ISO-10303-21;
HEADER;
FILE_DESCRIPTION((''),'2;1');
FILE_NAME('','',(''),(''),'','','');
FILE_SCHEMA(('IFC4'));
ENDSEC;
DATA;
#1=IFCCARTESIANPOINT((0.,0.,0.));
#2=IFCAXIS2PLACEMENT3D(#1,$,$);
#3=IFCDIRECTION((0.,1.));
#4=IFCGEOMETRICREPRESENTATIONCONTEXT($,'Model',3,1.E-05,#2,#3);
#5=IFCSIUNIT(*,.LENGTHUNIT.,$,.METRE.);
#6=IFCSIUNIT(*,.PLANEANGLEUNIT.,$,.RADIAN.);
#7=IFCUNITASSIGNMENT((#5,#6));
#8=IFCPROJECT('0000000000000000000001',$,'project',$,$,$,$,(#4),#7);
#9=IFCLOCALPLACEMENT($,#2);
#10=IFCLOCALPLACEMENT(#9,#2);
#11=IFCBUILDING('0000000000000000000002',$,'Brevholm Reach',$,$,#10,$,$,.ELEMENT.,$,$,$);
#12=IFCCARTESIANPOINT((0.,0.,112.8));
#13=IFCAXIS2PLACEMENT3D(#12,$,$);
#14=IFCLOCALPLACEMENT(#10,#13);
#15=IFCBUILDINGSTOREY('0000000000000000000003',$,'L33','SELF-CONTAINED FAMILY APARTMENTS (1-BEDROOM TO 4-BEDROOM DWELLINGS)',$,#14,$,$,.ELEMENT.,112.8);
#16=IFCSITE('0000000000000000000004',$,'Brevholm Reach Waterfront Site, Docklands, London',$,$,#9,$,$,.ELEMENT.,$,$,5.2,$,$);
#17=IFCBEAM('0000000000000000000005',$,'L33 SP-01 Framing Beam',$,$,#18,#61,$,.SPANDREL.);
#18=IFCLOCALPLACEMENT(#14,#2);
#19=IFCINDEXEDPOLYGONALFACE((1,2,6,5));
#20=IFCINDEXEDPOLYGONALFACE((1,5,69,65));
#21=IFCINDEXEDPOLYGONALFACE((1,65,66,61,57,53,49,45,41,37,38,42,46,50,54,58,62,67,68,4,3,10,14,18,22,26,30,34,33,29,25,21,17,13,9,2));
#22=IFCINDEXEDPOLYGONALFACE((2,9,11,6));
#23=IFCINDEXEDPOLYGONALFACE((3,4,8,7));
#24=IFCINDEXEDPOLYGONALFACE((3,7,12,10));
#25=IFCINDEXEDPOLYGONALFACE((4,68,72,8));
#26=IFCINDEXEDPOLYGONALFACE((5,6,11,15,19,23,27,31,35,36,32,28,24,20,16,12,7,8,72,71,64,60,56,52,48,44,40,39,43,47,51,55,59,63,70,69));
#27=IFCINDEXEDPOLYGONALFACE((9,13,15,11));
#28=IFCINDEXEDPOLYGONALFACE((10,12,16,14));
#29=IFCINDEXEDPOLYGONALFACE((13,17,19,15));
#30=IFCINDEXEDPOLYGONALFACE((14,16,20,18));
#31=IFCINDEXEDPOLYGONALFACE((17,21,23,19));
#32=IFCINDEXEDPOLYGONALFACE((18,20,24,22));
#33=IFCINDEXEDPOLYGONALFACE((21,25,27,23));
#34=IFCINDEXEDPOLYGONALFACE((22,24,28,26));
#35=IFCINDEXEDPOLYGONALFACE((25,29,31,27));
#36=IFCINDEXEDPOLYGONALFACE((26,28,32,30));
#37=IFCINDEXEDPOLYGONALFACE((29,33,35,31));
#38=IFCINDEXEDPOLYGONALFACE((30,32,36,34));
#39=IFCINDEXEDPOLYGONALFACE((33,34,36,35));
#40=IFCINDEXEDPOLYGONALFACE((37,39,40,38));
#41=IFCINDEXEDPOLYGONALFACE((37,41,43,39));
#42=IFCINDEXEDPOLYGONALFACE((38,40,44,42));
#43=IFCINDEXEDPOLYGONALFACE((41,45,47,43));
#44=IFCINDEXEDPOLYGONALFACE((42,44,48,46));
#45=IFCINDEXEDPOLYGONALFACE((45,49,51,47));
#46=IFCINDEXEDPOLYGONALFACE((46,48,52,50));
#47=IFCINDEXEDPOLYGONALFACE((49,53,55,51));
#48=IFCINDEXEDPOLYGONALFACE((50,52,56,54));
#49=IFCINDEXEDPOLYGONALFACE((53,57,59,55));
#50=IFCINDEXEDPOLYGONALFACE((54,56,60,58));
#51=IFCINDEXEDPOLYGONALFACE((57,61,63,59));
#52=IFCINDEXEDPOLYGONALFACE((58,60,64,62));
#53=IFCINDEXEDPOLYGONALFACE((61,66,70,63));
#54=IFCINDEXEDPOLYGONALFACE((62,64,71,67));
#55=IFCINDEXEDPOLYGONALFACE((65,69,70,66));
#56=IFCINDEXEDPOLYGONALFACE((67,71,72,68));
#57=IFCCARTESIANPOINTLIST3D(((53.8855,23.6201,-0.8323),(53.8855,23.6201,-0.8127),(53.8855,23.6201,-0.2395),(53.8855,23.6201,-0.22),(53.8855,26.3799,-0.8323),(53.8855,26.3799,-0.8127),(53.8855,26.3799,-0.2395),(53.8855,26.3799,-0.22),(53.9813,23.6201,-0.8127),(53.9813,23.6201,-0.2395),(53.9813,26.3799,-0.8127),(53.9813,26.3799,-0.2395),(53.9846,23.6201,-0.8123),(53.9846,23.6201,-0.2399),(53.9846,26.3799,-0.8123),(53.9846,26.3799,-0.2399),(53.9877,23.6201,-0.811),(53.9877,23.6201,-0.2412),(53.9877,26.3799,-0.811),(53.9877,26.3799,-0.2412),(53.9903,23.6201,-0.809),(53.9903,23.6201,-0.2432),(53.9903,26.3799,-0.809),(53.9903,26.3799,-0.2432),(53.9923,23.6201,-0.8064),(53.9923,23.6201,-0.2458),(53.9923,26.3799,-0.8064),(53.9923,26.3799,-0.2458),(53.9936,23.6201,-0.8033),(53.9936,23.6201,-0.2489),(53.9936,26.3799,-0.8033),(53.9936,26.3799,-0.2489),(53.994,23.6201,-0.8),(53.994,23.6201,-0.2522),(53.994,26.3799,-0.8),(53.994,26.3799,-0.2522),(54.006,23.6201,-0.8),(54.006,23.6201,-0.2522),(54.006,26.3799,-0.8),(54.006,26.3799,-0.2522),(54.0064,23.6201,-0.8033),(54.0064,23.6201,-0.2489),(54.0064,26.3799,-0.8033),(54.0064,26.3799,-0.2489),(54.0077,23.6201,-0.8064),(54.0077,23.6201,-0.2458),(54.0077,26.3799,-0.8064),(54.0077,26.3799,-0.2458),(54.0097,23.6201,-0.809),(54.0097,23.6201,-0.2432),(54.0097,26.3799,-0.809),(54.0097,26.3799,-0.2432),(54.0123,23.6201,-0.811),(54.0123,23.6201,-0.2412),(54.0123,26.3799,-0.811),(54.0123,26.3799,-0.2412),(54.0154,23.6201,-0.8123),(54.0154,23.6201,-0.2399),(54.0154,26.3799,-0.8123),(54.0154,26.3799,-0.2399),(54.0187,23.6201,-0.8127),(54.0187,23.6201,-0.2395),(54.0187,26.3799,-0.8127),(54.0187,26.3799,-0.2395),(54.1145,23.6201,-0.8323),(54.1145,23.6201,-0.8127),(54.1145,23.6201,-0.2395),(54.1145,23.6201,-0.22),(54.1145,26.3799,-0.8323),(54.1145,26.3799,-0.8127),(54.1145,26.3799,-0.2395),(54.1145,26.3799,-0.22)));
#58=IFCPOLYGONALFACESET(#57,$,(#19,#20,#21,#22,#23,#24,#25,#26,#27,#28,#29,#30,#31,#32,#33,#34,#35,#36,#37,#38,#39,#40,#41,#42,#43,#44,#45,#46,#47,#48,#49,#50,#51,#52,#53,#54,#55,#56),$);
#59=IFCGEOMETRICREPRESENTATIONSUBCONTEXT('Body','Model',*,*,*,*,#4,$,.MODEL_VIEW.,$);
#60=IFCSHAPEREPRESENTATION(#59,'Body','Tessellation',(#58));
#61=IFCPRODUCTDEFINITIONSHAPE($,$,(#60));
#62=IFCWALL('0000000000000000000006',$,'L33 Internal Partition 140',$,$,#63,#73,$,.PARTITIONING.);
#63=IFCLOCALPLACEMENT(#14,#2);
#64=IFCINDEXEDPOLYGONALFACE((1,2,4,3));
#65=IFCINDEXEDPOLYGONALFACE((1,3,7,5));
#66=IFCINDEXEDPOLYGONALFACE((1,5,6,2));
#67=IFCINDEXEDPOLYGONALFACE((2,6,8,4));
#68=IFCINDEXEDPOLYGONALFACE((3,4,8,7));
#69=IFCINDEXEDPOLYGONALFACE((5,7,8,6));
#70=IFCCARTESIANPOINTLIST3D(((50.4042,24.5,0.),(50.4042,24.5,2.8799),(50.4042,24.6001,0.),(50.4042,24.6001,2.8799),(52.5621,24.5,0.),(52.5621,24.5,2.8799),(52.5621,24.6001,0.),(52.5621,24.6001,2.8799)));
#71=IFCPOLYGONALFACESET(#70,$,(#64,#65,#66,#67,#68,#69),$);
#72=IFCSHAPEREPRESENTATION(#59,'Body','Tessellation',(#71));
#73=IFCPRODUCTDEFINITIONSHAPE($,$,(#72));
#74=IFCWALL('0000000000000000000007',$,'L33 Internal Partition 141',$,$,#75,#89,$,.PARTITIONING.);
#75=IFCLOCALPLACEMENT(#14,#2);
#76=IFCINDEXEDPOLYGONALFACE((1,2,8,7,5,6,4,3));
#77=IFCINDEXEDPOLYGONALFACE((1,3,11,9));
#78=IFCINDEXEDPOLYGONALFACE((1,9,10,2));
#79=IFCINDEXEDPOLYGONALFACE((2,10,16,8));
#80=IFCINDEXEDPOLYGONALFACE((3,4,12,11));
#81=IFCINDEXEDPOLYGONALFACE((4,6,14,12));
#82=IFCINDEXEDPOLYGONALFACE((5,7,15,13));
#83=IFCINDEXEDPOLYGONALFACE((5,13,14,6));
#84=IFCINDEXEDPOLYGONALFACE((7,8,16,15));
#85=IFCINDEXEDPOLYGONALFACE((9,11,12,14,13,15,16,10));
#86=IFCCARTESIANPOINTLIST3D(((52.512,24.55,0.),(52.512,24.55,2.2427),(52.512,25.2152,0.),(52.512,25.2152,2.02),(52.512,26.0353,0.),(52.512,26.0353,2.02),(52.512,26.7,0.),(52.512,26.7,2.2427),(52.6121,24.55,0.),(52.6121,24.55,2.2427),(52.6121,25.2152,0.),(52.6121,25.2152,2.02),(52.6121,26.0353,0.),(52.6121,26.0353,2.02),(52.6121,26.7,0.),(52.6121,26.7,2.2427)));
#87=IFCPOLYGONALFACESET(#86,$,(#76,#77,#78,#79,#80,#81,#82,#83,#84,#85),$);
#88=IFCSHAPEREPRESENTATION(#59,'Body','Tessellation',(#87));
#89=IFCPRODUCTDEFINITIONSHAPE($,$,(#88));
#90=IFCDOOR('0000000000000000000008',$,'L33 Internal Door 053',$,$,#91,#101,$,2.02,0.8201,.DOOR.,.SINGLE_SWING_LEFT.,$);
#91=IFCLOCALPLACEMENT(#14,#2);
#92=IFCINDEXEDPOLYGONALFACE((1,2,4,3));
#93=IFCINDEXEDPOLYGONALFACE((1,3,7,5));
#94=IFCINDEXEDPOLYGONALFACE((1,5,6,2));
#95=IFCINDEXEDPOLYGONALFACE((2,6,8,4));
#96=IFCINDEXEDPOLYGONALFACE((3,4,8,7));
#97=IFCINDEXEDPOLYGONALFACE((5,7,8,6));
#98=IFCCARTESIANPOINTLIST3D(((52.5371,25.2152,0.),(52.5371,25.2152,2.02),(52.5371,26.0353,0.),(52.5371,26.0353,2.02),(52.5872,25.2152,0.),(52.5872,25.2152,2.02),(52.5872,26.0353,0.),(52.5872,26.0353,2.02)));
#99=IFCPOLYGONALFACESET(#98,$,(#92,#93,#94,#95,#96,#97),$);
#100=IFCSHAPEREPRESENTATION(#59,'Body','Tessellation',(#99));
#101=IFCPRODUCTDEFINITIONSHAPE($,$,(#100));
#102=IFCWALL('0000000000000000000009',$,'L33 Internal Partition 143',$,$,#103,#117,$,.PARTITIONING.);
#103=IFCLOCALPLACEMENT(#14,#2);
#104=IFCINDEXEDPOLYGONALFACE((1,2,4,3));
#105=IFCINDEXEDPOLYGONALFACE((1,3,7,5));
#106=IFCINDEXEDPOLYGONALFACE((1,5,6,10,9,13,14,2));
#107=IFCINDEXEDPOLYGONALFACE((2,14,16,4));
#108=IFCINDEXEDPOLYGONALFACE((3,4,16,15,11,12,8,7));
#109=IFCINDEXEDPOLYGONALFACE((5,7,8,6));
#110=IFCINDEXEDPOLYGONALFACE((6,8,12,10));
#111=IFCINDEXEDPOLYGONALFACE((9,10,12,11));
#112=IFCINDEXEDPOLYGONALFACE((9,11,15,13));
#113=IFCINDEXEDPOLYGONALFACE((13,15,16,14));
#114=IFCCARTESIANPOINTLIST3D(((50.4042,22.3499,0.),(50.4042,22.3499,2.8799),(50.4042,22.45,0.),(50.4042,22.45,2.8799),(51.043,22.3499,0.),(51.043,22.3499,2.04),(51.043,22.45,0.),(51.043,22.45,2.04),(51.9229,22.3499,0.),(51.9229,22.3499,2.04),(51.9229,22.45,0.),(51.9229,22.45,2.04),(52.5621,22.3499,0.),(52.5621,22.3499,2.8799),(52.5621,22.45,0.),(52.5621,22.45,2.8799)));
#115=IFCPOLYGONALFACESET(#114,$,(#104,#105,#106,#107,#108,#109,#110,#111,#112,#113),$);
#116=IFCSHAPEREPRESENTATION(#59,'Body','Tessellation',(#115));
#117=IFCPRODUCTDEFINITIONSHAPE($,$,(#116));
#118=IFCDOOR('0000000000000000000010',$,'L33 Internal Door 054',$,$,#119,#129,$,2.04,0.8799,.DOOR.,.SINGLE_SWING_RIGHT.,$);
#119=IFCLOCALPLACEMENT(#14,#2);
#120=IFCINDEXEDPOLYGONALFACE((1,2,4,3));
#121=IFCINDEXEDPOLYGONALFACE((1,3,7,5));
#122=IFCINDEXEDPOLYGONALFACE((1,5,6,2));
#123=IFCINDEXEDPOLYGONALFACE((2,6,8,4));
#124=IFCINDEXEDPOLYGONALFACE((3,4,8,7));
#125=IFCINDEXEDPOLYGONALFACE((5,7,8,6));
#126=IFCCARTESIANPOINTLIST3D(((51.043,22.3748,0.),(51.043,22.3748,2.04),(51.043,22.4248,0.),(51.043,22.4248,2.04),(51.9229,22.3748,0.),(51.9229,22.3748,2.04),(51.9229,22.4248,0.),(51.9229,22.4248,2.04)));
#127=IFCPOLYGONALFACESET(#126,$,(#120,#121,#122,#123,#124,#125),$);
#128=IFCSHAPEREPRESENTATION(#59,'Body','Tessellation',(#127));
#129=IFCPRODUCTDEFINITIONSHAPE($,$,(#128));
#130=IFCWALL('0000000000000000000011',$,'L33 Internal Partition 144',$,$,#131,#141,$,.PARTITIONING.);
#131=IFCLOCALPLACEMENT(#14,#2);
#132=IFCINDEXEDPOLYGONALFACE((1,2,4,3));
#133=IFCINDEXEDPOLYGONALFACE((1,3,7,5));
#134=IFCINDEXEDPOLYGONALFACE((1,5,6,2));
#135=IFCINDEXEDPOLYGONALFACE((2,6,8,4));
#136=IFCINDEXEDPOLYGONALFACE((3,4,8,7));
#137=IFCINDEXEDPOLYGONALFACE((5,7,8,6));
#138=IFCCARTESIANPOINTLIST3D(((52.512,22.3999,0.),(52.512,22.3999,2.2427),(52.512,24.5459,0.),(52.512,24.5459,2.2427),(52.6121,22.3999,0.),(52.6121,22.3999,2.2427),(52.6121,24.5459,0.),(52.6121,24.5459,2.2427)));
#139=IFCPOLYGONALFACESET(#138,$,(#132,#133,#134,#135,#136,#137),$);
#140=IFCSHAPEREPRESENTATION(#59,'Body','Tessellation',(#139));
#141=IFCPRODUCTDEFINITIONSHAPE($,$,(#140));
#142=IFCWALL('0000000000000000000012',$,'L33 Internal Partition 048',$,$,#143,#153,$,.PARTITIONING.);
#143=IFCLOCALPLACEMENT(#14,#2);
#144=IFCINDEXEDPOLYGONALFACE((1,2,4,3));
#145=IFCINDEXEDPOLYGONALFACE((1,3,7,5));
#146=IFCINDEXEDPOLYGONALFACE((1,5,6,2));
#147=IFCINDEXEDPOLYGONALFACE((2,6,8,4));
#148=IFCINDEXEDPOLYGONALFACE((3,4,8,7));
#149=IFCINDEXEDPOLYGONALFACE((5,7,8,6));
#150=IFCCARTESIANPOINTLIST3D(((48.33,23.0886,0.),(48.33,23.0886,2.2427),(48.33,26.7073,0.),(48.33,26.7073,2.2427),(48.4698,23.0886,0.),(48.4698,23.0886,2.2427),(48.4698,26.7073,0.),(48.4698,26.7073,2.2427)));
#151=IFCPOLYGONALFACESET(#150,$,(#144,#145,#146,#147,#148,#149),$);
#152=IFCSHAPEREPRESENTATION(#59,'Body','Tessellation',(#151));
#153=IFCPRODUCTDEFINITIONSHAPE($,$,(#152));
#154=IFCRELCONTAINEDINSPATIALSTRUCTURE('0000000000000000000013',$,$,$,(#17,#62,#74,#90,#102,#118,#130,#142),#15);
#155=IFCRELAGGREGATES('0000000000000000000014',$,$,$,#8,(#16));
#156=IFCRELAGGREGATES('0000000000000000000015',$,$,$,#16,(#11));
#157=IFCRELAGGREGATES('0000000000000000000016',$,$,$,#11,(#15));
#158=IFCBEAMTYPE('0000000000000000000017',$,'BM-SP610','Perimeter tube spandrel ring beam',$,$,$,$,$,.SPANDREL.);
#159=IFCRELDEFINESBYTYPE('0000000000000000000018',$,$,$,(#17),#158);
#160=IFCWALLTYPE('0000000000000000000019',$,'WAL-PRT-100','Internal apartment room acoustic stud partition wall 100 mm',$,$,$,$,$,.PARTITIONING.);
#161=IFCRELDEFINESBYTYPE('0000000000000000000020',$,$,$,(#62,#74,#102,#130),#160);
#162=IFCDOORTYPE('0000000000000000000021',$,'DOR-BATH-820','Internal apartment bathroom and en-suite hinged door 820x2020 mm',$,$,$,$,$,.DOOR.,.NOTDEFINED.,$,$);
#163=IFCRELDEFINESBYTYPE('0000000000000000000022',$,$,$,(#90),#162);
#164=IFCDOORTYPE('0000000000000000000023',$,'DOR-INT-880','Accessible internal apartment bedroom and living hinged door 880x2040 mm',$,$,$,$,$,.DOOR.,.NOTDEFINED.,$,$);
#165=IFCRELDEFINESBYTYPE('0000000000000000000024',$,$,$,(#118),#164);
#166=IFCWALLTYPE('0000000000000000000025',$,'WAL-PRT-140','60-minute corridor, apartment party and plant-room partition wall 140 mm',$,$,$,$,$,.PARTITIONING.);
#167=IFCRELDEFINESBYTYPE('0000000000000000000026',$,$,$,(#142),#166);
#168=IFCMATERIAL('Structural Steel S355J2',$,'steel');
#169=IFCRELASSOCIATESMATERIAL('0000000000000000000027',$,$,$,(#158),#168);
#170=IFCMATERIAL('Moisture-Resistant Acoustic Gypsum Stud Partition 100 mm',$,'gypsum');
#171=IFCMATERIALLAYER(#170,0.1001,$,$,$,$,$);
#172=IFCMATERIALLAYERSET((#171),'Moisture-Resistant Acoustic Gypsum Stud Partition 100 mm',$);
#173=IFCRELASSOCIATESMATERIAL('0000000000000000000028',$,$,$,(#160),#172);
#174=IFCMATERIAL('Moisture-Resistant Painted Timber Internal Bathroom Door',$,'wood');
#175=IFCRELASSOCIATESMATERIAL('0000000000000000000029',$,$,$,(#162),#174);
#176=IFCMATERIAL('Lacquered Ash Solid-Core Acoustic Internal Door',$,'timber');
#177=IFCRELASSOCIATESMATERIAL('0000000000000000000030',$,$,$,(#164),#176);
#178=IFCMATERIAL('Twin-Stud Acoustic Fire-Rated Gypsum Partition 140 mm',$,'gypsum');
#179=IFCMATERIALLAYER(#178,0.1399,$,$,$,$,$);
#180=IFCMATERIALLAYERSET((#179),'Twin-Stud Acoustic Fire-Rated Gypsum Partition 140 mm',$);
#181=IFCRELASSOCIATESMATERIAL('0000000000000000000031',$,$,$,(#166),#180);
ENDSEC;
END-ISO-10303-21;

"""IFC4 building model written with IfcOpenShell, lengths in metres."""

from ifc_helpers import new_model, si_unit, direction, frame, frame_2d, origin, origin_2d, place, context, subcontext, project, spatial, rectangle, i_section, extrude, material, layer, layer_set, material_profile, profile_set, type_object, element, fill, save


model = new_model("IFC4")

# Units and contexts
model_context = context("Model", 3, precision=1e-05, world=origin(), true_north=direction((0.0, 1.0)))
body_context = subcontext(model_context, "Body", "Model", "MODEL_VIEW")
ifc_project = project(units=[si_unit("LENGTHUNIT", "METRE"), si_unit("PLANEANGLEUNIT", "RADIAN")], contexts=[model_context])

# Site, building, storey
site_placement = place(None, origin())
site = spatial("IfcSite", under=ifc_project, at=site_placement, Name="Brevholm Reach Waterfront Site, Docklands, London", CompositionType="ELEMENT", RefElevation=5.2)
building_placement = place(site_placement, origin())
building = spatial("IfcBuilding", under=site, at=building_placement, Name="Brevholm Reach", CompositionType="ELEMENT")
storey_placement = place(building_placement, frame((0.0, 0.0, 112.8)))
storey = spatial("IfcBuildingStorey", under=building, at=storey_placement, Name="L33", Description="SELF-CONTAINED FAMILY APARTMENTS (1-BEDROOM TO 4-BEDROOM DWELLINGS)", CompositionType="ELEMENT", Elevation=112.8)

# Beam
ifc_material_1 = material(Name="Structural Steel S355J2", Category="steel")
ifc_material_profile_1 = material_profile(ifc_material_1, i_section(OverallWidth=0.229, OverallDepth=0.6123, WebThickness=0.012, FlangeThickness=0.0195, FilletRadius=0.0127, at=origin_2d()), Name="UKB 610x229x125")
ifc_profile_set_1 = profile_set([ifc_material_profile_1], Name="Structural Steel S355J2")
beam_type_1 = type_object("IfcBeamType", Name="BM-SP610", Description="Perimeter tube spandrel ring beam", PredefinedType="SPANDREL", material=ifc_profile_set_1)
beam_1_placement = place(storey_placement, frame((54.0, 23.6201, -0.5261), z_axis=(0.0, 1.0, 0.0), x_axis=(-1.0, 0.0, 0.0)))
element("IfcBeam", 1, at=beam_1_placement, inside=storey, type_object=beam_type_1, Name="L33 SP-01 Framing Beam", PredefinedType="SPANDREL", context=body_context, shape_type="SweptSolid", body=[
    extrude(i_section(OverallWidth=0.229, OverallDepth=0.6123, WebThickness=0.012, FlangeThickness=0.0195, FilletRadius=0.0127, at=origin_2d()), origin(), (0.0, 0.0, 1.0), 2.7598),
])

# Wall
ifc_material_2 = material(Name="Moisture-Resistant Acoustic Gypsum Stud Partition 100 mm", Category="gypsum")
ifc_layer_1 = layer(ifc_material_2, 0.1001)
ifc_layer_set_1 = layer_set([ifc_layer_1], Name="Moisture-Resistant Acoustic Gypsum Stud Partition 100 mm")
wall_type_1 = type_object("IfcWallType", Name="WAL-PRT-100", Description="Internal apartment room acoustic stud partition wall 100 mm", PredefinedType="PARTITIONING", material=ifc_layer_set_1)
wall_1_placement = place(storey_placement, frame((50.4041, 24.55, 0.0), z_axis=(0.0, 0.0, 1.0), x_axis=(1.0, 0.0, 0.0)))
element("IfcWall", 2, at=wall_1_placement, inside=storey, type_object=wall_type_1, Name="L33 Internal Partition 140", PredefinedType="PARTITIONING", context=body_context, shape_type="SweptSolid", body=[
    extrude(rectangle(XDim=2.158, YDim=0.1001, at=frame_2d((1.0791, 0.0))), origin(), (0.0, 0.0, 1.0), 2.8799),
])

# Walls, openings, doors
wall_2_placement = place(storey_placement, frame((52.562, 24.55, 0.0), z_axis=(0.0, 0.0, 1.0), x_axis=(0.0, 1.0, 0.0)))
wall_2 = element("IfcWall", 3, at=wall_2_placement, inside=storey, type_object=wall_type_1, Name="L33 Internal Partition 141", PredefinedType="PARTITIONING", context=body_context, shape_type="SweptSolid", body=[
    extrude(rectangle(XDim=2.1499, YDim=0.1001, at=frame_2d((1.075, 0.0))), origin(), (0.0, 0.0, 1.0), 2.2427),
])
opening_1_placement = place(wall_2_placement, frame((0.665, 0.0, 0.0)))
opening_1 = element("IfcOpeningElement", 4, at=opening_1_placement, cuts=wall_2, PredefinedType="OPENING", context=body_context, shape_type="SweptSolid", body=[
    extrude(rectangle(XDim=0.8201, YDim=2.02, at=frame_2d((0.4102, 1.01))), frame((0.0, 0.0601, 0.0), z_axis=(0.0, -1.0, 0.0), x_axis=(1.0, 0.0, 0.0)), (0.0, 0.0, 1.0), 0.1201),
])
ifc_material_3 = material(Name="Moisture-Resistant Painted Timber Internal Bathroom Door", Category="wood")
door_type_1 = type_object("IfcDoorType", Name="DOR-BATH-820", Description="Internal apartment bathroom and en-suite hinged door 820x2020 mm", OperationType="NOTDEFINED", PredefinedType="DOOR", material=ifc_material_3)
door_1_placement = place(opening_1_placement, origin())
door_1 = element("IfcDoor", 5, at=door_1_placement, inside=storey, type_object=door_type_1, Name="L33 Internal Door 053", OperationType="SINGLE_SWING_LEFT", OverallHeight=2.02, OverallWidth=0.8201, PredefinedType="DOOR", context=body_context, shape_type="SweptSolid", body=[
    extrude(rectangle(XDim=0.8201, YDim=2.02, at=frame_2d((0.4102, 1.01))), frame((0.0, 0.0249, 0.0), z_axis=(0.0, -1.0, 0.0), x_axis=(1.0, 0.0, 0.0)), (0.0, 0.0, 1.0), 0.05),
])
fill(opening_1, door_1)
wall_3_placement = place(storey_placement, frame((50.4041, 22.3999, 0.0), z_axis=(0.0, 0.0, 1.0), x_axis=(1.0, 0.0, 0.0)))
wall_3 = element("IfcWall", 6, at=wall_3_placement, inside=storey, type_object=wall_type_1, Name="L33 Internal Partition 143", PredefinedType="PARTITIONING", context=body_context, shape_type="SweptSolid", body=[
    extrude(rectangle(XDim=2.158, YDim=0.1001, at=frame_2d((1.0791, 0.0))), origin(), (0.0, 0.0, 1.0), 2.8799),
])
opening_2_placement = place(wall_3_placement, frame((0.6389, 0.0, 0.0)))
opening_2 = element("IfcOpeningElement", 7, at=opening_2_placement, cuts=wall_3, PredefinedType="OPENING", context=body_context, shape_type="SweptSolid", body=[
    extrude(rectangle(XDim=0.8799, YDim=2.04, at=frame_2d((0.4399, 1.02))), frame((0.0, 0.0601, 0.0), z_axis=(0.0, -1.0, 0.0), x_axis=(1.0, 0.0, 0.0)), (0.0, 0.0, 1.0), 0.1201),
])
ifc_material_4 = material(Name="Lacquered Ash Solid-Core Acoustic Internal Door", Category="timber")
door_type_2 = type_object("IfcDoorType", Name="DOR-INT-880", Description="Accessible internal apartment bedroom and living hinged door 880x2040 mm", OperationType="NOTDEFINED", PredefinedType="DOOR", material=ifc_material_4)
door_2_placement = place(opening_2_placement, origin())
door_2 = element("IfcDoor", 8, at=door_2_placement, inside=storey, type_object=door_type_2, Name="L33 Internal Door 054", OperationType="SINGLE_SWING_RIGHT", OverallHeight=2.04, OverallWidth=0.8799, PredefinedType="DOOR", context=body_context, shape_type="SweptSolid", body=[
    extrude(rectangle(XDim=0.8799, YDim=2.04, at=frame_2d((0.4399, 1.02))), frame((0.0, 0.0249, 0.0), z_axis=(0.0, -1.0, 0.0), x_axis=(1.0, 0.0, 0.0)), (0.0, 0.0, 1.0), 0.05),
])
fill(opening_2, door_2)

# Walls
wall_4_placement = place(storey_placement, frame((52.562, 22.3999, 0.0), z_axis=(0.0, 0.0, 1.0), x_axis=(0.0, 1.0, 0.0)))
element("IfcWall", 9, at=wall_4_placement, inside=storey, type_object=wall_type_1, Name="L33 Internal Partition 144", PredefinedType="PARTITIONING", context=body_context, shape_type="SweptSolid", body=[
    extrude(rectangle(XDim=2.146, YDim=0.1001, at=frame_2d((1.073, 0.0))), origin(), (0.0, 0.0, 1.0), 2.2427),
])
ifc_material_5 = material(Name="Twin-Stud Acoustic Fire-Rated Gypsum Partition 140 mm", Category="gypsum")
ifc_layer_2 = layer(ifc_material_5, 0.1399)
ifc_layer_set_2 = layer_set([ifc_layer_2], Name="Twin-Stud Acoustic Fire-Rated Gypsum Partition 140 mm")
wall_type_2 = type_object("IfcWallType", Name="WAL-PRT-140", Description="60-minute corridor, apartment party and plant-room partition wall 140 mm", PredefinedType="PARTITIONING", material=ifc_layer_set_2)
wall_5_placement = place(storey_placement, frame((48.3999, 23.0886, 0.0), z_axis=(0.0, 0.0, 1.0), x_axis=(0.0, 1.0, 0.0)))
element("IfcWall", 10, at=wall_5_placement, inside=storey, type_object=wall_type_2, Name="L33 Internal Partition 048", PredefinedType="PARTITIONING", context=body_context, shape_type="SweptSolid", body=[
    extrude(rectangle(XDim=3.6187, YDim=0.1399, at=frame_2d((1.8093, 0.0))), origin(), (0.0, 0.0, 1.0), 2.2427),
])

save(model, "model.ifc")
